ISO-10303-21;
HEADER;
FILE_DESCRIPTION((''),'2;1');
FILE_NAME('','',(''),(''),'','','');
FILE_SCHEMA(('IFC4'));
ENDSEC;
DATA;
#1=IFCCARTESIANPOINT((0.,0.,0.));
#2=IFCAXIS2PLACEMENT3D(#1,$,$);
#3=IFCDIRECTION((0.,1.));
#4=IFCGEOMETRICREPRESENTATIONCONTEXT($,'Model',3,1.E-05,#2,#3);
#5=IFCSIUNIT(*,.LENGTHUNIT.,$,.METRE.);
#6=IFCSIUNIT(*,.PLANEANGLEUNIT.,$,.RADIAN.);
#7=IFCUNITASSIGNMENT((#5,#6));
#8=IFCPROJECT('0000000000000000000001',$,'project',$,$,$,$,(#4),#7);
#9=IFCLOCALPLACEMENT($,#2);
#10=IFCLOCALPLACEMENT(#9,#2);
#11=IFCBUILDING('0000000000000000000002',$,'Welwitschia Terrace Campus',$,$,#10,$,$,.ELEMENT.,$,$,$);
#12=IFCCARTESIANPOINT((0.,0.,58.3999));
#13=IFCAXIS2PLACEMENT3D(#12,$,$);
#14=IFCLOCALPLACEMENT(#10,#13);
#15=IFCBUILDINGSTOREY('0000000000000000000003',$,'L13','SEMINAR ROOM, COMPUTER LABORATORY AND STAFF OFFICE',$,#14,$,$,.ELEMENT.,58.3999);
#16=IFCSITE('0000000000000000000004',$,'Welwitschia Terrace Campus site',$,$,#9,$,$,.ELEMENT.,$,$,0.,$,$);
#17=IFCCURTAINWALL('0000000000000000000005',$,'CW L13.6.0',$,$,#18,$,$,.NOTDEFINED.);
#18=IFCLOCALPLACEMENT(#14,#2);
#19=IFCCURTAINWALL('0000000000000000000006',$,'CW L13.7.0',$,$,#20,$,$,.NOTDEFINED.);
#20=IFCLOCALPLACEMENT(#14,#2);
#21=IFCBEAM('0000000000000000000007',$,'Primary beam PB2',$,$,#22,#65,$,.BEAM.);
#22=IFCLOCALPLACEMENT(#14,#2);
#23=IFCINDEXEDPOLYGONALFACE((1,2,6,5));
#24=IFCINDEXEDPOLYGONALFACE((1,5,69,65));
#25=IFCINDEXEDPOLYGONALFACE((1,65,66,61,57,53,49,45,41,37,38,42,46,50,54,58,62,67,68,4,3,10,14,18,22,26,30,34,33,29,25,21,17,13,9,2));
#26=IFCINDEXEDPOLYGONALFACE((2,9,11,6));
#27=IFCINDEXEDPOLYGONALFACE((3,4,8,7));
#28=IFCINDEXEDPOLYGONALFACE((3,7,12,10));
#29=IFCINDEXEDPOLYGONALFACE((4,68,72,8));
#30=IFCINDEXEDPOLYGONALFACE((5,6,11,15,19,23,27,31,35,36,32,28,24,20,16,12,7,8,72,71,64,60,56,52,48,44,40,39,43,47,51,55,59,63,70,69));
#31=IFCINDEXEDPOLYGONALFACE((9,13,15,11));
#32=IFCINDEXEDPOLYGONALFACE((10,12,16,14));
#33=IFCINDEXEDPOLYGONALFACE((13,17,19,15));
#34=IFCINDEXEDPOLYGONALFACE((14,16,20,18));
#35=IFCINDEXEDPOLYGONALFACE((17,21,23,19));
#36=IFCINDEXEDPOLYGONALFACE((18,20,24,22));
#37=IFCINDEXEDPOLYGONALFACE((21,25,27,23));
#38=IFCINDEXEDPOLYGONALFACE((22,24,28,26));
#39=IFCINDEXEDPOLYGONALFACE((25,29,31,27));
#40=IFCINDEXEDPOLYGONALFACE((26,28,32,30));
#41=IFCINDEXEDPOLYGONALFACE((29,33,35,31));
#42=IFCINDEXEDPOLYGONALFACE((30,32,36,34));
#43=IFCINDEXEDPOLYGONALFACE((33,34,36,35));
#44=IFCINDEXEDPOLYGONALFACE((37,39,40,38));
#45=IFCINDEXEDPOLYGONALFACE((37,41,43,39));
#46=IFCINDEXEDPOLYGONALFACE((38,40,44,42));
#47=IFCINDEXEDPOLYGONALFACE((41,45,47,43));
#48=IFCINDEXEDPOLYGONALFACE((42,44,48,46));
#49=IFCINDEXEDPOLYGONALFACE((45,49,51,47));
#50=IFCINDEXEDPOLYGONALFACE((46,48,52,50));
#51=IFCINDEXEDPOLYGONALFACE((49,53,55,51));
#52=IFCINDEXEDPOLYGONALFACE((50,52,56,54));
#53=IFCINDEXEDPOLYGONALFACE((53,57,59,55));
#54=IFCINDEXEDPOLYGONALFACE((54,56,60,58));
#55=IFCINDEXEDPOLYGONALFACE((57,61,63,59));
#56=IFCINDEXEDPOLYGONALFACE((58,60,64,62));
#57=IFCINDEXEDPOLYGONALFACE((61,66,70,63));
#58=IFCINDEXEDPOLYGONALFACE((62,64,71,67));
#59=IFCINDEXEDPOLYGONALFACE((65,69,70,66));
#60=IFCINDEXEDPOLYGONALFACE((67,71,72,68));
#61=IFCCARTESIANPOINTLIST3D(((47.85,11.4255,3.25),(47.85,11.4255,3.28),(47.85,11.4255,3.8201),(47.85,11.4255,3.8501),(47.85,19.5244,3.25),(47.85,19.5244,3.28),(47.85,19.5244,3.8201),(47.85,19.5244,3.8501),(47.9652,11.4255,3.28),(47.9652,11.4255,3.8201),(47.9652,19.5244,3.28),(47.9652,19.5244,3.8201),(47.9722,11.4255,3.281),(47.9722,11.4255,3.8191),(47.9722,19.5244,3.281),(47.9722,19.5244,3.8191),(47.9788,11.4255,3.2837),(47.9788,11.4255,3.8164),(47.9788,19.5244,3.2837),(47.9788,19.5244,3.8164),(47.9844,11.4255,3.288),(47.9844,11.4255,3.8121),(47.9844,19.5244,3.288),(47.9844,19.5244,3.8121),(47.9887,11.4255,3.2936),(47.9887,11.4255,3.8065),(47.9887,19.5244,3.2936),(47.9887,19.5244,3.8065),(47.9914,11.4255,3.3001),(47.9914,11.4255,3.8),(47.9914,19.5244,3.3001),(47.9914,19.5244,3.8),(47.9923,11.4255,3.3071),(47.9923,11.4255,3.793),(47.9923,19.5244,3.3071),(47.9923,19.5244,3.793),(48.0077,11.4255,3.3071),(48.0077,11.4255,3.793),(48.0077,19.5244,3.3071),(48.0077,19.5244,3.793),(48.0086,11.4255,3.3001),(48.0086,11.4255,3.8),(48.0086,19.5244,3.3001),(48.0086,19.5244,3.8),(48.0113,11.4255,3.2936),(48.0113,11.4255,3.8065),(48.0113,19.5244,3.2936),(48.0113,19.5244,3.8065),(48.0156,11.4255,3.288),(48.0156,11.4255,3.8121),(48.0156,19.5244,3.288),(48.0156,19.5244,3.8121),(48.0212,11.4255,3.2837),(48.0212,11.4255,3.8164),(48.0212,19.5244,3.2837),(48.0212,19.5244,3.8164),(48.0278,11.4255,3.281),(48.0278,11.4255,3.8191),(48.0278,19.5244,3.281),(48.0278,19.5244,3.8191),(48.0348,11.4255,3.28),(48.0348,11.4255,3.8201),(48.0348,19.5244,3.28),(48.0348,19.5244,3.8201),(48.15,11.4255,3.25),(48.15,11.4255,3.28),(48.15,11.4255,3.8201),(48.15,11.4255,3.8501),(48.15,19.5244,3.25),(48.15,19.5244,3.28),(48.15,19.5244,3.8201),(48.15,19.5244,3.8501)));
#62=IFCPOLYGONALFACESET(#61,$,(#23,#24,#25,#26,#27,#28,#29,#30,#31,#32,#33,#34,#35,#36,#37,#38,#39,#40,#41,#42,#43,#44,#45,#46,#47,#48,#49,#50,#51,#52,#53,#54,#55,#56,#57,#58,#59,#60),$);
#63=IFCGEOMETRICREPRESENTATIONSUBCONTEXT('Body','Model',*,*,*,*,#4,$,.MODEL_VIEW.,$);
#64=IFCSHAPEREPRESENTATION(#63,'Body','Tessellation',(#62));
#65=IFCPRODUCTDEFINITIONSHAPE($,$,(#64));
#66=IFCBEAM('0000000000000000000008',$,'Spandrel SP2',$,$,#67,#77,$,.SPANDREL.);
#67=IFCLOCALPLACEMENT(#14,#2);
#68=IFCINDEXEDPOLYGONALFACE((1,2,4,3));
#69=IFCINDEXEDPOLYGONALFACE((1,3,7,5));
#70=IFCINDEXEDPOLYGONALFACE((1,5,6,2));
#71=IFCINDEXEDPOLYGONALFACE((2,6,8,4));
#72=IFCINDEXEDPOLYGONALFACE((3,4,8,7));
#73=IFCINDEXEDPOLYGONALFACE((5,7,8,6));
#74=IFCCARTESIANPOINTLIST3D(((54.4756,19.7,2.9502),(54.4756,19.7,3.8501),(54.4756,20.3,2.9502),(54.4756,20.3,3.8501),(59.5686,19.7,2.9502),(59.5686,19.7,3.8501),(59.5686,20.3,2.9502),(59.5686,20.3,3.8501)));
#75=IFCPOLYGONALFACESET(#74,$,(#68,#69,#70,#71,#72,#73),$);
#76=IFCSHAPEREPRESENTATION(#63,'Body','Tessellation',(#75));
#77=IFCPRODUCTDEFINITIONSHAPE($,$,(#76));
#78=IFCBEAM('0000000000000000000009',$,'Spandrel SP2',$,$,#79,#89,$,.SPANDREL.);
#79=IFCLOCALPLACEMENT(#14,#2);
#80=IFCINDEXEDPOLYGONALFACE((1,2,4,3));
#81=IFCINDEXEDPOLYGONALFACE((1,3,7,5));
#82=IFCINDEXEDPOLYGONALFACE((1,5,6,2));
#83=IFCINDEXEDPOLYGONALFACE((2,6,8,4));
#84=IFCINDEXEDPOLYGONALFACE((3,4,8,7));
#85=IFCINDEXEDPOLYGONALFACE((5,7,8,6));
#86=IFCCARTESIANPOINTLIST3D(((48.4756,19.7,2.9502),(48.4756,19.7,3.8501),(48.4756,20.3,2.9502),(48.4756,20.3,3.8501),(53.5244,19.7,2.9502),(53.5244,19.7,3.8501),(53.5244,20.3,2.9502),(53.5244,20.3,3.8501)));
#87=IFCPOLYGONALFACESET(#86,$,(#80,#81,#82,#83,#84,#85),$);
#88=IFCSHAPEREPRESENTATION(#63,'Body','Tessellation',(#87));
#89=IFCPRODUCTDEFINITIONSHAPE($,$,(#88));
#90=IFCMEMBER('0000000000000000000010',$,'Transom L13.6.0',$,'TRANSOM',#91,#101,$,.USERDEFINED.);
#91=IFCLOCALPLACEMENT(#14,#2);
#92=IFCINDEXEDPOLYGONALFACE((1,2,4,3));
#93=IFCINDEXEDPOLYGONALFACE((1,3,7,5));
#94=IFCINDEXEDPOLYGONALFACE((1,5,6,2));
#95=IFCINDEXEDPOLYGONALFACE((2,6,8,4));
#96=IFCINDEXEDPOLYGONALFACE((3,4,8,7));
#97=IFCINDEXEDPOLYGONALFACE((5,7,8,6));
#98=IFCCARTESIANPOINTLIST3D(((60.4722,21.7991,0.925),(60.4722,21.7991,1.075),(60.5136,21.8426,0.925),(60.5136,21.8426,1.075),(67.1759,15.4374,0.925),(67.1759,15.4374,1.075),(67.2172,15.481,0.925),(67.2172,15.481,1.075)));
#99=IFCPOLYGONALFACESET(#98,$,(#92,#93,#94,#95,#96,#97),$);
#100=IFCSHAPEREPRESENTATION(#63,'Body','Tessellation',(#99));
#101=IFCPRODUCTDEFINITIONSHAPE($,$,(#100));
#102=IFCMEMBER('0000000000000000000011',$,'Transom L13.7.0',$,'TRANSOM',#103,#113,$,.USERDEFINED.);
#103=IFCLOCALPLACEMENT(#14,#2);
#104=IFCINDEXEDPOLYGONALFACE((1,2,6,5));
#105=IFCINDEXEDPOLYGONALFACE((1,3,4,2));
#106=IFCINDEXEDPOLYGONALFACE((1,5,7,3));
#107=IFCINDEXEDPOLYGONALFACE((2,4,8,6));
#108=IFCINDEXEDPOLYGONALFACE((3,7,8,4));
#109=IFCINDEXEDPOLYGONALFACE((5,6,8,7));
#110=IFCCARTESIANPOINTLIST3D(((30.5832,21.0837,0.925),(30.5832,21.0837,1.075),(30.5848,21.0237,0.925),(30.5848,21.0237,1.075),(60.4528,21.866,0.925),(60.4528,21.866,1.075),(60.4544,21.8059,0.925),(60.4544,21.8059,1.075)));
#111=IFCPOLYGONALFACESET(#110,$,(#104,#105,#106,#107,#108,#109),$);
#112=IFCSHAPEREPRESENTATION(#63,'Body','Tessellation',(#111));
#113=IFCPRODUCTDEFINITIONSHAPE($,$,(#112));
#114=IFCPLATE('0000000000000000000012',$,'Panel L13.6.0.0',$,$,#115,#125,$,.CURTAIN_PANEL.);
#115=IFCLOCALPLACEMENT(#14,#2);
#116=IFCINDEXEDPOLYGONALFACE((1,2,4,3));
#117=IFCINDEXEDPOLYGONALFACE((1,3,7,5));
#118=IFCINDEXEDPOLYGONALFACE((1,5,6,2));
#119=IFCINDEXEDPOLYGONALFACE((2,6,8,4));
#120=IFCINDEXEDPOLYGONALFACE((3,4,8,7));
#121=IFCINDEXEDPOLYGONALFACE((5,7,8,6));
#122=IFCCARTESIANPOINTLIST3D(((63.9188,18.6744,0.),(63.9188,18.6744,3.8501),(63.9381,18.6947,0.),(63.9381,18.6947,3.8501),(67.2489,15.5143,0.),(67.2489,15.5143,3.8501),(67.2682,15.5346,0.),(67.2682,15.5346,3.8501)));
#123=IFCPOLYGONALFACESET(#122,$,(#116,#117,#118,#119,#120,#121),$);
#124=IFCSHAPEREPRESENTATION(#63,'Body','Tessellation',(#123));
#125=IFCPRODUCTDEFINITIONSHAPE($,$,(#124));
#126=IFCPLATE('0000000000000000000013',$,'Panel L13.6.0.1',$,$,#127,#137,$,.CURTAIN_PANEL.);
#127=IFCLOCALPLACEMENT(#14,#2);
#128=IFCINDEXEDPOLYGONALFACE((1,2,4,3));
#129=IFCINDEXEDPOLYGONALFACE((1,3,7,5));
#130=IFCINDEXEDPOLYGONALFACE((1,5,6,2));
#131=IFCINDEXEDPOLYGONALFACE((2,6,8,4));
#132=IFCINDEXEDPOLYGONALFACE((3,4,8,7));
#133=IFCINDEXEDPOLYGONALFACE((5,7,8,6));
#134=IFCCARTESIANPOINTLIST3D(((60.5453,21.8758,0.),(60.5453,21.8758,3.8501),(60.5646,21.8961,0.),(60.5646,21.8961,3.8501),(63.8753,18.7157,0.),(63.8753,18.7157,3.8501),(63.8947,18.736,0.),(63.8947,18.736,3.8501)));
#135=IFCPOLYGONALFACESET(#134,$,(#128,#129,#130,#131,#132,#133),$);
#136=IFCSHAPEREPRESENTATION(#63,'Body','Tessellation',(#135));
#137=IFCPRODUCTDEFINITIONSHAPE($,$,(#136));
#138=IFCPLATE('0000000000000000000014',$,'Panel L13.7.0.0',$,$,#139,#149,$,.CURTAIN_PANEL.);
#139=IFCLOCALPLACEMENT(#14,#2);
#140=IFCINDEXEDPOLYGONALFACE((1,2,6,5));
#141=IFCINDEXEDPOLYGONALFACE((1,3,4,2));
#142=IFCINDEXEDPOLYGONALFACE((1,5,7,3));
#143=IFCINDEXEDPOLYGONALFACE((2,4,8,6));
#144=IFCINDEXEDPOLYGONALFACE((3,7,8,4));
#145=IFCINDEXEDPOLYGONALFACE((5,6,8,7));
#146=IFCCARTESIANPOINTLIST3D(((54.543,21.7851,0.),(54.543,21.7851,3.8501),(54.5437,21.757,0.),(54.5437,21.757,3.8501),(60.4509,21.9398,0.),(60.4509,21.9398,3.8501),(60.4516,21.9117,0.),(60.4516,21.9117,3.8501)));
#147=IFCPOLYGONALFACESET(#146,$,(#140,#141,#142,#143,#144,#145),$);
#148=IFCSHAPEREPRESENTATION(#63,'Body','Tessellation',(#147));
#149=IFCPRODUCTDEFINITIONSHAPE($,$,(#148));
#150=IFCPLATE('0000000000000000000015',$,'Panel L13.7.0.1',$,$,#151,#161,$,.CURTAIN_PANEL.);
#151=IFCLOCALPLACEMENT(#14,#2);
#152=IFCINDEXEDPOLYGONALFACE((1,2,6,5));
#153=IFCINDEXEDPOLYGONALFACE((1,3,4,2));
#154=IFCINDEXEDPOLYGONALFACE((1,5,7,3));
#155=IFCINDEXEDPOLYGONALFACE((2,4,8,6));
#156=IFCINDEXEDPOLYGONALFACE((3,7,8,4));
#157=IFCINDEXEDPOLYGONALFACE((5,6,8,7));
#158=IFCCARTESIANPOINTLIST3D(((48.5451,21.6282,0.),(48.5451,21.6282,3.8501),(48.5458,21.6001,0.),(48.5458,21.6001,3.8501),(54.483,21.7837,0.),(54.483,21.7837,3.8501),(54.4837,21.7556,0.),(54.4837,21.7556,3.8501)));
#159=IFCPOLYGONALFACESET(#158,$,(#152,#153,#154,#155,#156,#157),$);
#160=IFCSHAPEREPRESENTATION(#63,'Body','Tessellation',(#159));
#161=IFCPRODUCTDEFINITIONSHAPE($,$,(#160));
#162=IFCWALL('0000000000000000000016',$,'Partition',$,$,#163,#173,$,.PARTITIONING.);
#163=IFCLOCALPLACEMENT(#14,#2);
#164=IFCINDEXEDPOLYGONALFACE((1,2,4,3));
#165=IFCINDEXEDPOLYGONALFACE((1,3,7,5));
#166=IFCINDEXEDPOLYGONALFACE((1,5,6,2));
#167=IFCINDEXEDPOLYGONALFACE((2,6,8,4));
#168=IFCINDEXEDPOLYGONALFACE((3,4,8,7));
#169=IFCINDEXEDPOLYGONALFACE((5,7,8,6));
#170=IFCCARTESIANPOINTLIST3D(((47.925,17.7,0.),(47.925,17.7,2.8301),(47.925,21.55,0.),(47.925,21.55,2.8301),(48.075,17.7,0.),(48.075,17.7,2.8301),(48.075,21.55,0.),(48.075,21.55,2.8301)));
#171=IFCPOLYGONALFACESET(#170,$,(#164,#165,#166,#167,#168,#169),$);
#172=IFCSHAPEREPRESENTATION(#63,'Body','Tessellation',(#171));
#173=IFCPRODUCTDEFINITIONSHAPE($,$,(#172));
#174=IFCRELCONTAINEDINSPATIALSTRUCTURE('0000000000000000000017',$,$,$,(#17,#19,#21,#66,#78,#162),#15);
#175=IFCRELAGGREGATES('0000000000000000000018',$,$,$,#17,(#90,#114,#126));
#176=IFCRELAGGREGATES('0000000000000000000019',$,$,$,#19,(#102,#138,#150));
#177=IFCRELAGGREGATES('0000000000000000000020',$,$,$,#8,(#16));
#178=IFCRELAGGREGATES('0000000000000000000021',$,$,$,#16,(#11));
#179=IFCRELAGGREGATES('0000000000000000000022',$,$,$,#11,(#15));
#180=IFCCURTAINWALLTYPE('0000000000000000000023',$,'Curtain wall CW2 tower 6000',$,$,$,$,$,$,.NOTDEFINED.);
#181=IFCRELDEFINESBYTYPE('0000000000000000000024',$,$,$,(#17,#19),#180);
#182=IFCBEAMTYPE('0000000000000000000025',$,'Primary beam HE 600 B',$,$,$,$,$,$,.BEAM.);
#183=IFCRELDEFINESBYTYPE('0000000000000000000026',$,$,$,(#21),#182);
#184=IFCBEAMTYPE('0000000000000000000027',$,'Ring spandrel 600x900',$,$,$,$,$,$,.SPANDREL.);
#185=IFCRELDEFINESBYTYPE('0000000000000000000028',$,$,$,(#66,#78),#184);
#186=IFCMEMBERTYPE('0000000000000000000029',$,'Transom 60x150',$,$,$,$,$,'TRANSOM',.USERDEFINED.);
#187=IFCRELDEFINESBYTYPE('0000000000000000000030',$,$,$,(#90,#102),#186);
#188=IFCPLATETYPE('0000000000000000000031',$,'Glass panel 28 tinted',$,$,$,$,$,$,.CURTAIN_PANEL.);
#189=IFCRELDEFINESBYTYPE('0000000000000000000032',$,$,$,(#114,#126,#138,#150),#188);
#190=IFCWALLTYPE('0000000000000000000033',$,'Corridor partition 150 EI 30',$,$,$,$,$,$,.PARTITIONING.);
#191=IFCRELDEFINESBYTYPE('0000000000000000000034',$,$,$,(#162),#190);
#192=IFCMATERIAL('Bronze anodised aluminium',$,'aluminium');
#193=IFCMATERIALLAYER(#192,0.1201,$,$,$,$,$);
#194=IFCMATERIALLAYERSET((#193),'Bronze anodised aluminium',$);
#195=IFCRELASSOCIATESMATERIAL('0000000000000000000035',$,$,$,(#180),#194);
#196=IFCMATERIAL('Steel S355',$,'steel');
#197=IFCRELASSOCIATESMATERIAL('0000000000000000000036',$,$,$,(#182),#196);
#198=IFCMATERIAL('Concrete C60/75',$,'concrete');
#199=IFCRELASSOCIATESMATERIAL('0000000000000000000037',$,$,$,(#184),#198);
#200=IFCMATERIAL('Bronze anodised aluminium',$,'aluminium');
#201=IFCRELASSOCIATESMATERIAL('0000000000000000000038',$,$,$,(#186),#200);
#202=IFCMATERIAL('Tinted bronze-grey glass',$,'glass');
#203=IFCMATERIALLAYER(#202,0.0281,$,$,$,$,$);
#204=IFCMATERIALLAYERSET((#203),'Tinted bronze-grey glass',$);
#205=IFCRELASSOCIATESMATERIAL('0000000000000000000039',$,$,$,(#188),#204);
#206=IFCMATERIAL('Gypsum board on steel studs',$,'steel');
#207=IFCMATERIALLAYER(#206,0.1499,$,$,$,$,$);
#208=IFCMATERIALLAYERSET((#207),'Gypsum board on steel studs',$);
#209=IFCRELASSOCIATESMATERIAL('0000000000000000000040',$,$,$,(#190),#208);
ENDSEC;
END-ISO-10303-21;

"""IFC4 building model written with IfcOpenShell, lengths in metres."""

from ifc_helpers import new_model, si_unit, direction, frame, frame_2d, origin, origin_2d, place, context, subcontext, project, spatial, rectangle, i_section, extrude, material, layer, layer_set, material_profile, profile_set, type_object, element, aggregate, save


model = new_model("IFC4")

# Units and contexts
model_context = context("Model", 3, precision=1e-05, world=origin(), true_north=direction((0.0, 1.0)))
body_context = subcontext(model_context, "Body", "Model", "MODEL_VIEW")
ifc_project = project(units=[si_unit("LENGTHUNIT", "METRE"), si_unit("PLANEANGLEUNIT", "RADIAN")], contexts=[model_context])

# Site, building, storey
site_placement = place(None, origin())
site = spatial("IfcSite", under=ifc_project, at=site_placement, Name="Welwitschia Terrace Campus site", CompositionType="ELEMENT", RefElevation=0.0)
building_placement = place(site_placement, origin())
building = spatial("IfcBuilding", under=site, at=building_placement, Name="Welwitschia Terrace Campus", CompositionType="ELEMENT")
storey_placement = place(building_placement, frame((0.0, 0.0, 58.3999)))
storey = spatial("IfcBuildingStorey", under=building, at=storey_placement, Name="L13", Description="SEMINAR ROOM, COMPUTER LABORATORY AND STAFF OFFICE", CompositionType="ELEMENT", Elevation=58.3999)

# Curtain walls
ifc_material_1 = material(Name="Bronze anodised aluminium", Category="aluminium")
ifc_layer_1 = layer(ifc_material_1, 0.1201)
ifc_layer_set_1 = layer_set([ifc_layer_1], Name="Bronze anodised aluminium")
curtain_wall_type = type_object("IfcCurtainWallType", Name="Curtain wall CW2 tower 6000", PredefinedType="NOTDEFINED", material=ifc_layer_set_1)
curtain_wall_1_placement = place(storey_placement, origin())
curtain_wall_1 = element("IfcCurtainWall", 1, at=curtain_wall_1_placement, inside=storey, type_object=curtain_wall_type, Name="CW L13.6.0", PredefinedType="NOTDEFINED")
curtain_wall_2_placement = place(storey_placement, origin())
curtain_wall_2 = element("IfcCurtainWall", 2, at=curtain_wall_2_placement, inside=storey, type_object=curtain_wall_type, Name="CW L13.7.0", PredefinedType="NOTDEFINED")

# Beams
ifc_material_2 = material(Name="Steel S355", Category="steel")
ifc_material_profile_1 = material_profile(ifc_material_2, i_section(OverallWidth=0.3, OverallDepth=0.6001, WebThickness=0.0154, FlangeThickness=0.03, FilletRadius=0.0271, at=origin_2d()))
ifc_profile_set_1 = profile_set([ifc_material_profile_1], Name="Steel S355")
beam_type_1 = type_object("IfcBeamType", Name="Primary beam HE 600 B", PredefinedType="BEAM", material=ifc_profile_set_1)
beam_1_placement = place(storey_placement, frame((48.0, 19.5244, 3.55), z_axis=(0.0, -1.0, 0.0), x_axis=(1.0, 0.0, 0.0)))
element("IfcBeam", 3, at=beam_1_placement, inside=storey, type_object=beam_type_1, Name="Primary beam PB2", PredefinedType="BEAM", context=body_context, shape_type="SweptSolid", body=[
    extrude(i_section(OverallWidth=0.3, OverallDepth=0.6001, WebThickness=0.0154, FlangeThickness=0.03, FilletRadius=0.0271, at=origin_2d()), origin(), (0.0, 0.0, 1.0), 8.0989),
])
ifc_material_3 = material(Name="Concrete C60/75", Category="concrete")
ifc_material_profile_2 = material_profile(ifc_material_3, rectangle(XDim=0.6001, YDim=0.8999, at=origin_2d()))
ifc_profile_set_2 = profile_set([ifc_material_profile_2], Name="Concrete C60/75")
beam_type_2 = type_object("IfcBeamType", Name="Ring spandrel 600x900", PredefinedType="SPANDREL", material=ifc_profile_set_2)
beam_2_placement = place(storey_placement, frame((59.5686, 20.0, 3.4001), z_axis=(-1.0, 0.0, 0.0), x_axis=(0.0, -1.0, 0.0)))
element("IfcBeam", 4, at=beam_2_placement, inside=storey, type_object=beam_type_2, Name="Spandrel SP2", PredefinedType="SPANDREL", context=body_context, shape_type="SweptSolid", body=[
    extrude(rectangle(XDim=0.6001, YDim=0.8999, at=origin_2d()), origin(), (0.0, 0.0, 1.0), 5.093),
])
beam_3_placement = place(storey_placement, frame((53.5244, 20.0, 3.4001), z_axis=(-1.0, 0.0, 0.0), x_axis=(0.0, -1.0, 0.0)))
element("IfcBeam", 5, at=beam_3_placement, inside=storey, type_object=beam_type_2, Name="Spandrel SP2", PredefinedType="SPANDREL", context=body_context, shape_type="SweptSolid", body=[
    extrude(rectangle(XDim=0.6001, YDim=0.8999, at=origin_2d()), origin(), (0.0, 0.0, 1.0), 5.0488),
])

# Members
ifc_material_4 = material(Name="Bronze anodised aluminium", Category="aluminium")
ifc_material_profile_3 = material_profile(ifc_material_4, rectangle(XDim=0.0601, YDim=0.1499, at=origin_2d()))
ifc_profile_set_3 = profile_set([ifc_material_profile_3], Name="Bronze anodised aluminium")
member_type_1 = type_object("IfcMemberType", Name="Transom 60x150", ElementType="TRANSOM", PredefinedType="USERDEFINED", material=ifc_profile_set_3)
member_1_placement = place(storey_placement, frame((67.1965, 15.4592, 1.0), z_axis=(-0.72537, 0.688359, 0.0), x_axis=(-0.688359, -0.72537, 0.0)))
member_1 = element("IfcMember", 6, at=member_1_placement, type_object=member_type_1, Name="Transom L13.6.0", ObjectType="TRANSOM", PredefinedType="USERDEFINED", context=body_context, shape_type="SweptSolid", body=[
    extrude(rectangle(XDim=0.0601, YDim=0.1499, at=origin_2d()), origin(), (0.0, 0.0, 1.0), 9.2417),
])
member_2_placement = place(storey_placement, frame((60.4536, 21.8359, 1.0), z_axis=(-0.999657, -0.026179, 0.0), x_axis=(0.026179, -0.999657, 0.0)))
member_2 = element("IfcMember", 7, at=member_2_placement, type_object=member_type_1, Name="Transom L13.7.0", ObjectType="TRANSOM", PredefinedType="USERDEFINED", context=body_context, shape_type="SweptSolid", body=[
    extrude(rectangle(XDim=0.0601, YDim=0.1499, at=origin_2d()), origin(), (0.0, 0.0, 1.0), 29.8799),
])

# Plates
ifc_material_5 = material(Name="Tinted bronze-grey glass", Category="glass")
ifc_layer_2 = layer(ifc_material_5, 0.0281)
ifc_layer_set_2 = layer_set([ifc_layer_2], Name="Tinted bronze-grey glass")
plate_type = type_object("IfcPlateType", Name="Glass panel 28 tinted", PredefinedType="CURTAIN_PANEL", material=ifc_layer_set_2)
plate_1_placement = place(storey_placement, frame((65.5935, 17.1045, 0.0), z_axis=(0.0, 0.0, 1.0), x_axis=(-0.725374, 0.688355, 0.0)))
plate_1 = element("IfcPlate", 8, at=plate_1_placement, type_object=plate_type, Name="Panel L13.6.0.0", PredefinedType="CURTAIN_PANEL", context=body_context, shape_type="SweptSolid", body=[
    extrude(rectangle(XDim=4.5908, YDim=0.0281, at=origin_2d()), origin(), (0.0, 0.0, 1.0), 3.8501),
])
plate_2_placement = place(storey_placement, frame((62.22, 20.3059, 0.0), z_axis=(0.0, 0.0, 1.0), x_axis=(-0.725374, 0.688355, 0.0)))
plate_2 = element("IfcPlate", 9, at=plate_2_placement, type_object=plate_type, Name="Panel L13.6.0.1", PredefinedType="CURTAIN_PANEL", context=body_context, shape_type="SweptSolid", body=[
    extrude(rectangle(XDim=4.5908, YDim=0.0281, at=origin_2d()), origin(), (0.0, 0.0, 1.0), 3.8501),
])
aggregate(curtain_wall_1, [member_1, plate_1, plate_2])
plate_3_placement = place(storey_placement, frame((57.4973, 21.8484, 0.0), z_axis=(0.0, 0.0, 1.0), x_axis=(-0.999657, -0.026177, 0.0)))
plate_3 = element("IfcPlate", 10, at=plate_3_placement, type_object=plate_type, Name="Panel L13.7.0.0", PredefinedType="CURTAIN_PANEL", context=body_context, shape_type="SweptSolid", body=[
    extrude(rectangle(XDim=5.9099, YDim=0.0281, at=origin_2d()), origin(), (0.0, 0.0, 1.0), 3.8501),
])
plate_4_placement = place(storey_placement, frame((51.5144, 21.6919, 0.0), z_axis=(0.0, 0.0, 1.0), x_axis=(-0.999657, -0.026177, 0.0)))
plate_4 = element("IfcPlate", 11, at=plate_4_placement, type_object=plate_type, Name="Panel L13.7.0.1", PredefinedType="CURTAIN_PANEL", context=body_context, shape_type="SweptSolid", body=[
    extrude(rectangle(XDim=5.9399, YDim=0.0281, at=origin_2d()), origin(), (0.0, 0.0, 1.0), 3.8501),
])
aggregate(curtain_wall_2, [member_2, plate_3, plate_4])

# Wall
ifc_material_6 = material(Name="Gypsum board on steel studs", Category="steel")
ifc_layer_3 = layer(ifc_material_6, 0.1499)
ifc_layer_set_3 = layer_set([ifc_layer_3], Name="Gypsum board on steel studs")
wall_type = type_object("IfcWallType", Name="Corridor partition 150 EI 30", PredefinedType="PARTITIONING", material=ifc_layer_set_3)
wall_1_placement = place(storey_placement, frame((48.0, 17.7, 0.0), z_axis=(0.0, 0.0, 1.0), x_axis=(0.0, 1.0, 0.0)))
element("IfcWall", 12, at=wall_1_placement, inside=storey, type_object=wall_type, Name="Partition", PredefinedType="PARTITIONING", context=body_context, shape_type="SweptSolid", body=[
    extrude(rectangle(XDim=3.8501, YDim=0.1499, at=frame_2d((1.925, 0.0))), origin(), (0.0, 0.0, 1.0), 2.8301),
])

save(model, "model.ifc")
